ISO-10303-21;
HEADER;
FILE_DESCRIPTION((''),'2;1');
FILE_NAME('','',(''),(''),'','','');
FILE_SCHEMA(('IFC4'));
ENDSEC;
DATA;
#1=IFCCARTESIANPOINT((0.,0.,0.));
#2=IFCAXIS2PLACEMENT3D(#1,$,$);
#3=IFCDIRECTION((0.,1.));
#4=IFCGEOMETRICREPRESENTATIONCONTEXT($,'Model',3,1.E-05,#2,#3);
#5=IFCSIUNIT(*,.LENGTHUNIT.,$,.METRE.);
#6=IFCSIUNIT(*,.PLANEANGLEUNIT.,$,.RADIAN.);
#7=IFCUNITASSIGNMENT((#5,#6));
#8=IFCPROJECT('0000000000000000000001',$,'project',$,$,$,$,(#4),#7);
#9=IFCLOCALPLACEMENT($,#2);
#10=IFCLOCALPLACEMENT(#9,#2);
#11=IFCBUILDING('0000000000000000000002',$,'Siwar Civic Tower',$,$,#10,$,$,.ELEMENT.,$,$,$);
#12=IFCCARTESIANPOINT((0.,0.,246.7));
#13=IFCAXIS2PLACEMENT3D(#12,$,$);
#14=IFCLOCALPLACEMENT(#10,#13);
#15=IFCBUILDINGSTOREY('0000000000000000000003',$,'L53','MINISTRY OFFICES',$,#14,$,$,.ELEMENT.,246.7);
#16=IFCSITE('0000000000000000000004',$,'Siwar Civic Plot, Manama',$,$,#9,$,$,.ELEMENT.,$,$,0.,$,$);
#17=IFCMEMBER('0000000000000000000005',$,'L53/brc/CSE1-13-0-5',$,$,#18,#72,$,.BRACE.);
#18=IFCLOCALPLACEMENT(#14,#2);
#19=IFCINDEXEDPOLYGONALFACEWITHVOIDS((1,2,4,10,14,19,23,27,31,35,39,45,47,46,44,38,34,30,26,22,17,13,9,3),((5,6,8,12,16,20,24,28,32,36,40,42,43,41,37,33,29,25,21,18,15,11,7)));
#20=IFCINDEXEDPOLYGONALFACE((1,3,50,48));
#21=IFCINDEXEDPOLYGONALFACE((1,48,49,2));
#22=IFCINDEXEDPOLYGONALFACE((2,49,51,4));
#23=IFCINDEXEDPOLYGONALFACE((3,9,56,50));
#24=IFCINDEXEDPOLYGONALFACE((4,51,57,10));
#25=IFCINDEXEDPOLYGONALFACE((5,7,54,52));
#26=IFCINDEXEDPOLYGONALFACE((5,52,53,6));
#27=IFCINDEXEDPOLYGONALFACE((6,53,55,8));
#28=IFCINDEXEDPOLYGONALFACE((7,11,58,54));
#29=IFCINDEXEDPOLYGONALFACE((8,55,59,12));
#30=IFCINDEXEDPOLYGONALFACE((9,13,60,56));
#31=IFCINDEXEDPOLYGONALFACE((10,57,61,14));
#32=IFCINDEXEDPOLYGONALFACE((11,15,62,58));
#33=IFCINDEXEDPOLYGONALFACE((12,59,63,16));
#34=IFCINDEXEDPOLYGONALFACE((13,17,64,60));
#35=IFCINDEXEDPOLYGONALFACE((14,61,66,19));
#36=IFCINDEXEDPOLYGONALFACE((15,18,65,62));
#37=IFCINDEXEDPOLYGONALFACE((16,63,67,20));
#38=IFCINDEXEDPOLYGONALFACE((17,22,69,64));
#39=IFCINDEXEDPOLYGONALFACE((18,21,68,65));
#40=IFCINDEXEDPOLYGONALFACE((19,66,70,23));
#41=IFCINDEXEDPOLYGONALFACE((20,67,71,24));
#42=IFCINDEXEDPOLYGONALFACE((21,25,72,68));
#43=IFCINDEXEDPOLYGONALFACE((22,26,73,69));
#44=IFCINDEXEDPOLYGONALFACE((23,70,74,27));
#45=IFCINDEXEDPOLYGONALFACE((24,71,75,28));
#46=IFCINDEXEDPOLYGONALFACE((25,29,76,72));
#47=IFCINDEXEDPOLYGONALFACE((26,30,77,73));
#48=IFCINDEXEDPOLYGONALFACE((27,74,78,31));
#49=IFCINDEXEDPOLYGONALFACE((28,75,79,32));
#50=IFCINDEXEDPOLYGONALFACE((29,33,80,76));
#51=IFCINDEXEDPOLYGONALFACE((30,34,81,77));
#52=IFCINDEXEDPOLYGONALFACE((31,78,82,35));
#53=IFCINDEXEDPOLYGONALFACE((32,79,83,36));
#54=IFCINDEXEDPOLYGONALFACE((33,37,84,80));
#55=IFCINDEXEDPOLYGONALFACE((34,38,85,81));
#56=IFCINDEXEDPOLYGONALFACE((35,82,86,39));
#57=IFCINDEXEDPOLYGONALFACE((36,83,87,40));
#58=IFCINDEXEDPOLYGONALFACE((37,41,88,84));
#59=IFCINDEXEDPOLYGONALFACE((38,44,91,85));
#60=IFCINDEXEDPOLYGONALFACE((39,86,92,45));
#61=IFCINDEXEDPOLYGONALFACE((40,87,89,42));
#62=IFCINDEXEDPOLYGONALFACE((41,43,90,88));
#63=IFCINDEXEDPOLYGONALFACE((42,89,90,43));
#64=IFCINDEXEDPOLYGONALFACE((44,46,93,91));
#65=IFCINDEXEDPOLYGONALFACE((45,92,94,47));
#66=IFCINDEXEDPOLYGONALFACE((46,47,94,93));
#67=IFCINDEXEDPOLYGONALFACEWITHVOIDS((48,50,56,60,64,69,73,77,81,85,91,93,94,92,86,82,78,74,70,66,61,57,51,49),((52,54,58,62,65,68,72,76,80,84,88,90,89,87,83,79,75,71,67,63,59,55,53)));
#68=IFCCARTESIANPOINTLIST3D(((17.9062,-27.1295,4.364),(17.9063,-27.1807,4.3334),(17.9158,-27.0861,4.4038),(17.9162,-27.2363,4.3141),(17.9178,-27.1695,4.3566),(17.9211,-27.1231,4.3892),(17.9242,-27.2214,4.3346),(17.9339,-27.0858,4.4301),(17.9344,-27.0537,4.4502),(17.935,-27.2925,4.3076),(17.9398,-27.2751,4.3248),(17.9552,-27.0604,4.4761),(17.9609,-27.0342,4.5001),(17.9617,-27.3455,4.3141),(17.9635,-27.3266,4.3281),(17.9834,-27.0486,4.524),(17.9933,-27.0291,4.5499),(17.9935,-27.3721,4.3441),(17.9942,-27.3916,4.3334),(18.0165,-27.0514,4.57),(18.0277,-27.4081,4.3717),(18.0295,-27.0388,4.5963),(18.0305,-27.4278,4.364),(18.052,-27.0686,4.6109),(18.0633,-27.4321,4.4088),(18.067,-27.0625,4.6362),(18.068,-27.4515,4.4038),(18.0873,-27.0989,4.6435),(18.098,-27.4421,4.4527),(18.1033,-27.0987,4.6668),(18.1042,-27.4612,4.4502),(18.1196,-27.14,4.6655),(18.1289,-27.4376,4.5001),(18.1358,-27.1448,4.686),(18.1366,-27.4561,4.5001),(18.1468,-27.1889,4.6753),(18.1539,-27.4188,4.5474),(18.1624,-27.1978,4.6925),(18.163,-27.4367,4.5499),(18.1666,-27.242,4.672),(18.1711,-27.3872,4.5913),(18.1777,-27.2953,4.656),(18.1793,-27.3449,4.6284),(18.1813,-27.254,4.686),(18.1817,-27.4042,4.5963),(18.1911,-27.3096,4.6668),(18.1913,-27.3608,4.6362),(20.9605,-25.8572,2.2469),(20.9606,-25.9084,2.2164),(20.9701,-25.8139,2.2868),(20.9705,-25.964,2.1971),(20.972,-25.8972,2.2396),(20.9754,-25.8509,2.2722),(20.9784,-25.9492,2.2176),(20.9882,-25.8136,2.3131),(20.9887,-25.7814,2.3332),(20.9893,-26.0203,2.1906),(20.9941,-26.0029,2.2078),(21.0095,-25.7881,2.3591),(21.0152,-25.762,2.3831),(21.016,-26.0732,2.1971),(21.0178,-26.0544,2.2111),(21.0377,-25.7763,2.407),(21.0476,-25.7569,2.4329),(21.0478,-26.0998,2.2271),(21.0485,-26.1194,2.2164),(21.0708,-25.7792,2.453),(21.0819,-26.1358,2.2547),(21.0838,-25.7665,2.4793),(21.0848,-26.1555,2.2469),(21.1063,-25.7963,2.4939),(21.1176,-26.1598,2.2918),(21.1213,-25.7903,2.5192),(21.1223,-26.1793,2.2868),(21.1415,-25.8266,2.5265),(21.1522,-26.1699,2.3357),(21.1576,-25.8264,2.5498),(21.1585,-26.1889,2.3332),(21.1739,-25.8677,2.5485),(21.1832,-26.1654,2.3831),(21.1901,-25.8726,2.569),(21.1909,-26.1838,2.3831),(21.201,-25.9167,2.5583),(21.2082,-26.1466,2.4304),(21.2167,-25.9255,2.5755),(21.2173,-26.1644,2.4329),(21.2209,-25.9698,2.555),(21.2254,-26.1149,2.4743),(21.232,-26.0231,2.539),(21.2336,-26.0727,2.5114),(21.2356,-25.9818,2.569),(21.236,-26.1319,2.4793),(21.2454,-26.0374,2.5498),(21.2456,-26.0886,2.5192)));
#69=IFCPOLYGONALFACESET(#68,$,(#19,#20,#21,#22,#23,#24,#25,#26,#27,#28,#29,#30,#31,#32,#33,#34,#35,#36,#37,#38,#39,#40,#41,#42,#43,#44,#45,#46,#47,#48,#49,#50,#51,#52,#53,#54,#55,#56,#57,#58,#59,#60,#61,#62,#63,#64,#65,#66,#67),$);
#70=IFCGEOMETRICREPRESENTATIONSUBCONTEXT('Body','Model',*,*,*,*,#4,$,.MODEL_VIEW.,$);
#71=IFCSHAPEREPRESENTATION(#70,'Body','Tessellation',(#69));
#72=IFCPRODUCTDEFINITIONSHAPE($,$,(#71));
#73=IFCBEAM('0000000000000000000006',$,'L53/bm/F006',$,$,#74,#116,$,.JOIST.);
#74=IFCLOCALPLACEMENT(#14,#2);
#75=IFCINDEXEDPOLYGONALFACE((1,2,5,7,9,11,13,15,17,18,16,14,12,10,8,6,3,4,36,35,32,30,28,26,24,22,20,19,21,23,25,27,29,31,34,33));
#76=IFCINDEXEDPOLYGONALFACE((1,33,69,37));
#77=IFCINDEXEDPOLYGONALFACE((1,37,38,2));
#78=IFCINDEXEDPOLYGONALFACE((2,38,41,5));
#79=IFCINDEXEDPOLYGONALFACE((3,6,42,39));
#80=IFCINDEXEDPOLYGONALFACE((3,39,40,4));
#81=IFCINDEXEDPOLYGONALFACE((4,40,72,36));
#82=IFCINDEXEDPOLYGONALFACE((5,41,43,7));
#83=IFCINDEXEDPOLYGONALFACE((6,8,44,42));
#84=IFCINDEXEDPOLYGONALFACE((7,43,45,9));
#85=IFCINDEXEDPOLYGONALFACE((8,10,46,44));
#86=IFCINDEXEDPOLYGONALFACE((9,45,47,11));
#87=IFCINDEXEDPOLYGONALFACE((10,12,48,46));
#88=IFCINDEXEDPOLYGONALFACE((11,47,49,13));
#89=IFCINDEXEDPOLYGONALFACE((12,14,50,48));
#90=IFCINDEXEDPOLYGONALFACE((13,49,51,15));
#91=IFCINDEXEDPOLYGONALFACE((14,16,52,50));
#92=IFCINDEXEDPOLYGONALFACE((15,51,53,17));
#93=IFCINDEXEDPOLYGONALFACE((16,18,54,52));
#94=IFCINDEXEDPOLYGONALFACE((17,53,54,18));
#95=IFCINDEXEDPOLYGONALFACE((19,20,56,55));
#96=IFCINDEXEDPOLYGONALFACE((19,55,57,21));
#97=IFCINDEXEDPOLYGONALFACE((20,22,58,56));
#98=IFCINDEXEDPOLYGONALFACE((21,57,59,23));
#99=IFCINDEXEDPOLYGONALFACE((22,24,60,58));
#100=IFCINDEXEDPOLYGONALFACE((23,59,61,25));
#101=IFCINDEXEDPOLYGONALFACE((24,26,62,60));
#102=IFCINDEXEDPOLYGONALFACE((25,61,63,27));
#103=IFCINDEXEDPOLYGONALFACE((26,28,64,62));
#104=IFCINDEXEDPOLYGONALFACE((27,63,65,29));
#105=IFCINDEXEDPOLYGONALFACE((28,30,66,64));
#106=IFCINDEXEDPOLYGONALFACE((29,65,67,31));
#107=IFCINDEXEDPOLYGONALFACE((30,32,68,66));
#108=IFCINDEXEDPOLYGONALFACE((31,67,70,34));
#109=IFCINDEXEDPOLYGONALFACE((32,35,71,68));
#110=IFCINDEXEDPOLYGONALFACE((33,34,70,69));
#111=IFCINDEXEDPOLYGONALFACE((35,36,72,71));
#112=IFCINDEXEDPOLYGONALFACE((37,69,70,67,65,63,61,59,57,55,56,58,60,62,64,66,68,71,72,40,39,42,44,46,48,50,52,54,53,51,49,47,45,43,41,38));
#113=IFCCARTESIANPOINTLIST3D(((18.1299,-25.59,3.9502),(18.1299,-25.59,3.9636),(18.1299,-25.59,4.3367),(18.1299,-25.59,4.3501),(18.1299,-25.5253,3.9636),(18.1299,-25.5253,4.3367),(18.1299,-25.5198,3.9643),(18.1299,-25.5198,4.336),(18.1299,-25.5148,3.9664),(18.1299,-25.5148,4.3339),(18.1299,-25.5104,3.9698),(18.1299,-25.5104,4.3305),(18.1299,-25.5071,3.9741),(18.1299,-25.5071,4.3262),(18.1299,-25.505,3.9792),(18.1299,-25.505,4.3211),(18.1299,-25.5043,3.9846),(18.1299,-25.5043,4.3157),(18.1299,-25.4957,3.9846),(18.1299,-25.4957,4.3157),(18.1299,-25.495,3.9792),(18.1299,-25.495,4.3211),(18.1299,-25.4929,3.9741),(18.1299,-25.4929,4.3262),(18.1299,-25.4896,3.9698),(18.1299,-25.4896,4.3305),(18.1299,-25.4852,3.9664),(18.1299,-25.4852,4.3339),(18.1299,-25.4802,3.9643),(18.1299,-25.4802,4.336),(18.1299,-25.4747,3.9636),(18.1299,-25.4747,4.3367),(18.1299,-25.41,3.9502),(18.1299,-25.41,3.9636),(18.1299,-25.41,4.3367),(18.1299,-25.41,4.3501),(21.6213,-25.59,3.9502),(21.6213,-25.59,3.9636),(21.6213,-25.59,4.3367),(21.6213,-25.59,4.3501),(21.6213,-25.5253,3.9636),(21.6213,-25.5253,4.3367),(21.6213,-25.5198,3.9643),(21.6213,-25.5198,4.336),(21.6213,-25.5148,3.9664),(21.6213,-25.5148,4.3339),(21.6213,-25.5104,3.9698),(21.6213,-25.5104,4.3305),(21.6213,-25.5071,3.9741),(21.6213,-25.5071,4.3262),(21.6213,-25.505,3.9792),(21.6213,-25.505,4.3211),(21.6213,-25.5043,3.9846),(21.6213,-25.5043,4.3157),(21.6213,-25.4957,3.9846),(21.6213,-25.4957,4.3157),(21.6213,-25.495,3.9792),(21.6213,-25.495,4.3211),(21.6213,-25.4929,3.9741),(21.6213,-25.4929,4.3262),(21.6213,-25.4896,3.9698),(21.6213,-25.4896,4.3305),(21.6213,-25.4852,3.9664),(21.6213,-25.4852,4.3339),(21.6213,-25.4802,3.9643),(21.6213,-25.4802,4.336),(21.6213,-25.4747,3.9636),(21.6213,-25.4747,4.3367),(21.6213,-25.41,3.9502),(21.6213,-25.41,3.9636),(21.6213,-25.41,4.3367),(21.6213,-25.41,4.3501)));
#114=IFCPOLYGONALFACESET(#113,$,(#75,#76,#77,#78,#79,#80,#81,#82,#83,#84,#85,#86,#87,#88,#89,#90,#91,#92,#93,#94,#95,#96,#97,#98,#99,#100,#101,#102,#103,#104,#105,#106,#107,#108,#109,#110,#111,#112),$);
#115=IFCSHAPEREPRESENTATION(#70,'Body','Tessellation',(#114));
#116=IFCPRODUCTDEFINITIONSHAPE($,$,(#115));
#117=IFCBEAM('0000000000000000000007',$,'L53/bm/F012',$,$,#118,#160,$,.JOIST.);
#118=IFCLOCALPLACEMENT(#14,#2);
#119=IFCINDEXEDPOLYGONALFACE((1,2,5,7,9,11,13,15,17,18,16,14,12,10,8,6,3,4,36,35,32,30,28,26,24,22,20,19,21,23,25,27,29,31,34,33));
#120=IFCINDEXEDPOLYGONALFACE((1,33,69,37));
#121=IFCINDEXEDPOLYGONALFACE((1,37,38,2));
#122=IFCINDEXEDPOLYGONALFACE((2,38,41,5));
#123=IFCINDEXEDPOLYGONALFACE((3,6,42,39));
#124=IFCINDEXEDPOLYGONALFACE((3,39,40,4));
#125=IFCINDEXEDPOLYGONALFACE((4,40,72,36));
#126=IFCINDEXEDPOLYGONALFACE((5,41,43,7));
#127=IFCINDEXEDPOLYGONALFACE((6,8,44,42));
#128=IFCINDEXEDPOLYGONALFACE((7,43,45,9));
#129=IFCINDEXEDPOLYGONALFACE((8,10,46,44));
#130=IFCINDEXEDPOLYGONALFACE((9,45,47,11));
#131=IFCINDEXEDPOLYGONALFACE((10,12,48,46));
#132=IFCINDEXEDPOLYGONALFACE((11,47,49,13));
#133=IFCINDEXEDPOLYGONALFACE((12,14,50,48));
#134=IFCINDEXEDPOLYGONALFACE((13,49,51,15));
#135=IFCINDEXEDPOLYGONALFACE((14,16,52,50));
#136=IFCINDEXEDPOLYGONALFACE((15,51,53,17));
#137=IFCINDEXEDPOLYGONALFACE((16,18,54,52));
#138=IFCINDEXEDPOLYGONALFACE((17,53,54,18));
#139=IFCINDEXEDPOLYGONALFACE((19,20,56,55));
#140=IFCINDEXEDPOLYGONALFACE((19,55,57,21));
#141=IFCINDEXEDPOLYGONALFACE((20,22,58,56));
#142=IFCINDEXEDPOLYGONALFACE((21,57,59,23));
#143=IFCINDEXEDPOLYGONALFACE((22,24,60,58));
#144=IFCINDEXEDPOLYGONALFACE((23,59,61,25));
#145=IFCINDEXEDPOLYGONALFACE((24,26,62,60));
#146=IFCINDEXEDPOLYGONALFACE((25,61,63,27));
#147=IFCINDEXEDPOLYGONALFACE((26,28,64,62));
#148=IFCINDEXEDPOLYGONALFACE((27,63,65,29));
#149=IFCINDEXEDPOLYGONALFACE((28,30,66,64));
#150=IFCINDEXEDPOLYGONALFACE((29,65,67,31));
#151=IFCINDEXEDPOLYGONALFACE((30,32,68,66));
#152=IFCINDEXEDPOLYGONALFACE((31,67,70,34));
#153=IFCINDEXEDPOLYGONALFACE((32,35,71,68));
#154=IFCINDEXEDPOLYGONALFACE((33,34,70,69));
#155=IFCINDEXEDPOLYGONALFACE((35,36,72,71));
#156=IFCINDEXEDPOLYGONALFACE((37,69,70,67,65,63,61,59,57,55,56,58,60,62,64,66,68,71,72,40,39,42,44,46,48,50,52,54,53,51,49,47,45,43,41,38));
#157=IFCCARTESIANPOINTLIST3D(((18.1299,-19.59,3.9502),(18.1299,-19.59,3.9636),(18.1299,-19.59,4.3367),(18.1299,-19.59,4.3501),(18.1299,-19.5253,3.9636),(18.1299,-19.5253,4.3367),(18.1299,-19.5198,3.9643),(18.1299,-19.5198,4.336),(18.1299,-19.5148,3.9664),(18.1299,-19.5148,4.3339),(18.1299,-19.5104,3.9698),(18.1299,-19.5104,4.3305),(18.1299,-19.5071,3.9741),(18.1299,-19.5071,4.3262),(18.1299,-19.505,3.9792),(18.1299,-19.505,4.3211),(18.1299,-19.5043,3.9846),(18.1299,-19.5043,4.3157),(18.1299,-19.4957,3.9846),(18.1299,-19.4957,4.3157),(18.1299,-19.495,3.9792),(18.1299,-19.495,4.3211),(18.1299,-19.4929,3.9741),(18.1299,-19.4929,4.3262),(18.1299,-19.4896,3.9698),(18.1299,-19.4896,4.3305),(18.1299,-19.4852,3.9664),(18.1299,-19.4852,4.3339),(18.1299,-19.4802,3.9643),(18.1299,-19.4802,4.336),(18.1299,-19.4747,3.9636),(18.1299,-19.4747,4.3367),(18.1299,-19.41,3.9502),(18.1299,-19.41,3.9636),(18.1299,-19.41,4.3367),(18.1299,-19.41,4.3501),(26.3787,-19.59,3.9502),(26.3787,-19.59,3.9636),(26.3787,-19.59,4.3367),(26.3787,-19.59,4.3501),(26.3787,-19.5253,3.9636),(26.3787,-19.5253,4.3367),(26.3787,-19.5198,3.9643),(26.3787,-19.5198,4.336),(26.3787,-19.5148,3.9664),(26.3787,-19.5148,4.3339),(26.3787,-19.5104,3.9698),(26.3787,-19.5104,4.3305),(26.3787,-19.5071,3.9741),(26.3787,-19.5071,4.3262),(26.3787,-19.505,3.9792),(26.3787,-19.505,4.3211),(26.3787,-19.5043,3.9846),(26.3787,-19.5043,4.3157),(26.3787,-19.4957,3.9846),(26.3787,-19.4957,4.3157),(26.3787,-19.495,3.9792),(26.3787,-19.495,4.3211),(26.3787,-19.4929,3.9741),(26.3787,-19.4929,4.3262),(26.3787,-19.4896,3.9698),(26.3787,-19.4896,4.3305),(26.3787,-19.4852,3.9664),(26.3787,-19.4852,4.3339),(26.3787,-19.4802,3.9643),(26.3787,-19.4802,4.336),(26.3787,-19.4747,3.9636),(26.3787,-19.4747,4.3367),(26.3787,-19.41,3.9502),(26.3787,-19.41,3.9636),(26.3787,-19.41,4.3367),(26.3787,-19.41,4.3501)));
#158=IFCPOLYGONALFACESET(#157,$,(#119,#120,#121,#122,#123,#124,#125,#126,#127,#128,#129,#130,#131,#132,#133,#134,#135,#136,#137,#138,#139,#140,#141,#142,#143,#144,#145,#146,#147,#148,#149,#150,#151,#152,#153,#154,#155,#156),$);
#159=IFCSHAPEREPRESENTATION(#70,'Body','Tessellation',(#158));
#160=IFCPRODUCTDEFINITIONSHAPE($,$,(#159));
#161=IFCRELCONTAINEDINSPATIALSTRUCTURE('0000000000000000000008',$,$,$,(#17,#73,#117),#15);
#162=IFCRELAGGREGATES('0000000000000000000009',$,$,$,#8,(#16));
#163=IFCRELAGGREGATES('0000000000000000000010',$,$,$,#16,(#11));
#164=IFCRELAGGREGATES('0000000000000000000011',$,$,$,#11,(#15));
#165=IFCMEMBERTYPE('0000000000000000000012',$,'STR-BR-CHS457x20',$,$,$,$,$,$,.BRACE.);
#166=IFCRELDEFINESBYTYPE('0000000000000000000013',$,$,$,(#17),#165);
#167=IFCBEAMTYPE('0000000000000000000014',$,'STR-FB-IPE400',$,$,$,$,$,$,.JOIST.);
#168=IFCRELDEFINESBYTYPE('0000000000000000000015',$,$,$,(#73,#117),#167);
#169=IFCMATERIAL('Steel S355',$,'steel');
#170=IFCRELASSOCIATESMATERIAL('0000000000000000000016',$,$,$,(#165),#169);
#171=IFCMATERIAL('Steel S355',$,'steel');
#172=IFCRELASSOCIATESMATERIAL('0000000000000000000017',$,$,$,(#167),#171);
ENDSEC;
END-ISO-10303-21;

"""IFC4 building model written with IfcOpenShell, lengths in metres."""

from ifc_helpers import new_model, si_unit, direction, frame, origin, origin_2d, place, context, subcontext, project, spatial, hollow_circle, i_section, extrude, material, material_profile, profile_set, type_object, element, save


model = new_model("IFC4")

# Units and contexts
model_context = context("Model", 3, precision=1e-05, world=origin(), true_north=direction((0.0, 1.0)))
body_context = subcontext(model_context, "Body", "Model", "MODEL_VIEW")
ifc_project = project(units=[si_unit("LENGTHUNIT", "METRE"), si_unit("PLANEANGLEUNIT", "RADIAN")], contexts=[model_context])

# Site, building, storey
site_placement = place(None, origin())
site = spatial("IfcSite", under=ifc_project, at=site_placement, Name="Siwar Civic Plot, Manama", CompositionType="ELEMENT", RefElevation=0.0)
building_placement = place(site_placement, origin())
building = spatial("IfcBuilding", under=site, at=building_placement, Name="Siwar Civic Tower", CompositionType="ELEMENT")
storey_placement = place(building_placement, frame((0.0, 0.0, 246.7)))
storey = spatial("IfcBuildingStorey", under=building, at=storey_placement, Name="L53", Description="MINISTRY OFFICES", CompositionType="ELEMENT", Elevation=246.7)

# Member
ifc_material_1 = material(Name="Steel S355", Category="steel")
ifc_material_profile_1 = material_profile(ifc_material_1, hollow_circle(Radius=0.2285, WallThickness=0.02, at=origin_2d()), Name="CHS457x20")
ifc_profile_set_1 = profile_set([ifc_material_profile_1], Name="Steel S355")
member_type_1 = type_object("IfcMemberType", Name="STR-BR-CHS457x20", PredefinedType="BRACE", material=ifc_profile_set_1)
for number, where, z_axis, x_axis, name in (
    (1, (21.103, -25.9729, 2.3831), (-0.777572, -0.323895, 0.538955), (0.384521, -0.923116, 0.0), "L53/brc/CSE1-13-0-5"),
):
    element("IfcMember", number, at=place(storey_placement, frame(where, z_axis=z_axis, x_axis=x_axis)), inside=storey, type_object=member_type_1, Name=name, PredefinedType="BRACE", context=body_context, shape_type="SweptSolid", body=[
        extrude(hollow_circle(Radius=0.2285, WallThickness=0.02, at=origin_2d()), origin(), (0.0, 0.0, 1.0), 3.928),
    ])

# Beams
ifc_material_2 = material(Name="Steel S355", Category="steel")
ifc_material_profile_2 = material_profile(ifc_material_2, i_section(OverallWidth=0.1799, OverallDepth=0.3999, WebThickness=0.0085, FlangeThickness=0.0134, FilletRadius=0.021, at=origin_2d()), Name="IPE400")
ifc_profile_set_2 = profile_set([ifc_material_profile_2], Name="Steel S355")
beam_type_1 = type_object("IfcBeamType", Name="STR-FB-IPE400", PredefinedType="JOIST", material=ifc_profile_set_2)
beam_1_placement = place(storey_placement, frame((18.1299, -25.5, 4.1501), z_axis=(1.0, 0.0, 0.0), x_axis=(0.0, 1.0, 0.0)))
element("IfcBeam", 2, at=beam_1_placement, inside=storey, type_object=beam_type_1, Name="L53/bm/F006", PredefinedType="JOIST", context=body_context, shape_type="SweptSolid", body=[
    extrude(i_section(OverallWidth=0.1799, OverallDepth=0.3999, WebThickness=0.0085, FlangeThickness=0.0134, FilletRadius=0.021, at=origin_2d()), origin(), (0.0, 0.0, 1.0), 3.4915),
])
beam_2_placement = place(storey_placement, frame((18.1299, -19.5, 4.1501), z_axis=(1.0, 0.0, 0.0), x_axis=(0.0, 1.0, 0.0)))
element("IfcBeam", 3, at=beam_2_placement, inside=storey, type_object=beam_type_1, Name="L53/bm/F012", PredefinedType="JOIST", context=body_context, shape_type="SweptSolid", body=[
    extrude(i_section(OverallWidth=0.1799, OverallDepth=0.3999, WebThickness=0.0085, FlangeThickness=0.0134, FilletRadius=0.021, at=origin_2d()), origin(), (0.0, 0.0, 1.0), 8.2488),
])

save(model, "model.ifc")
